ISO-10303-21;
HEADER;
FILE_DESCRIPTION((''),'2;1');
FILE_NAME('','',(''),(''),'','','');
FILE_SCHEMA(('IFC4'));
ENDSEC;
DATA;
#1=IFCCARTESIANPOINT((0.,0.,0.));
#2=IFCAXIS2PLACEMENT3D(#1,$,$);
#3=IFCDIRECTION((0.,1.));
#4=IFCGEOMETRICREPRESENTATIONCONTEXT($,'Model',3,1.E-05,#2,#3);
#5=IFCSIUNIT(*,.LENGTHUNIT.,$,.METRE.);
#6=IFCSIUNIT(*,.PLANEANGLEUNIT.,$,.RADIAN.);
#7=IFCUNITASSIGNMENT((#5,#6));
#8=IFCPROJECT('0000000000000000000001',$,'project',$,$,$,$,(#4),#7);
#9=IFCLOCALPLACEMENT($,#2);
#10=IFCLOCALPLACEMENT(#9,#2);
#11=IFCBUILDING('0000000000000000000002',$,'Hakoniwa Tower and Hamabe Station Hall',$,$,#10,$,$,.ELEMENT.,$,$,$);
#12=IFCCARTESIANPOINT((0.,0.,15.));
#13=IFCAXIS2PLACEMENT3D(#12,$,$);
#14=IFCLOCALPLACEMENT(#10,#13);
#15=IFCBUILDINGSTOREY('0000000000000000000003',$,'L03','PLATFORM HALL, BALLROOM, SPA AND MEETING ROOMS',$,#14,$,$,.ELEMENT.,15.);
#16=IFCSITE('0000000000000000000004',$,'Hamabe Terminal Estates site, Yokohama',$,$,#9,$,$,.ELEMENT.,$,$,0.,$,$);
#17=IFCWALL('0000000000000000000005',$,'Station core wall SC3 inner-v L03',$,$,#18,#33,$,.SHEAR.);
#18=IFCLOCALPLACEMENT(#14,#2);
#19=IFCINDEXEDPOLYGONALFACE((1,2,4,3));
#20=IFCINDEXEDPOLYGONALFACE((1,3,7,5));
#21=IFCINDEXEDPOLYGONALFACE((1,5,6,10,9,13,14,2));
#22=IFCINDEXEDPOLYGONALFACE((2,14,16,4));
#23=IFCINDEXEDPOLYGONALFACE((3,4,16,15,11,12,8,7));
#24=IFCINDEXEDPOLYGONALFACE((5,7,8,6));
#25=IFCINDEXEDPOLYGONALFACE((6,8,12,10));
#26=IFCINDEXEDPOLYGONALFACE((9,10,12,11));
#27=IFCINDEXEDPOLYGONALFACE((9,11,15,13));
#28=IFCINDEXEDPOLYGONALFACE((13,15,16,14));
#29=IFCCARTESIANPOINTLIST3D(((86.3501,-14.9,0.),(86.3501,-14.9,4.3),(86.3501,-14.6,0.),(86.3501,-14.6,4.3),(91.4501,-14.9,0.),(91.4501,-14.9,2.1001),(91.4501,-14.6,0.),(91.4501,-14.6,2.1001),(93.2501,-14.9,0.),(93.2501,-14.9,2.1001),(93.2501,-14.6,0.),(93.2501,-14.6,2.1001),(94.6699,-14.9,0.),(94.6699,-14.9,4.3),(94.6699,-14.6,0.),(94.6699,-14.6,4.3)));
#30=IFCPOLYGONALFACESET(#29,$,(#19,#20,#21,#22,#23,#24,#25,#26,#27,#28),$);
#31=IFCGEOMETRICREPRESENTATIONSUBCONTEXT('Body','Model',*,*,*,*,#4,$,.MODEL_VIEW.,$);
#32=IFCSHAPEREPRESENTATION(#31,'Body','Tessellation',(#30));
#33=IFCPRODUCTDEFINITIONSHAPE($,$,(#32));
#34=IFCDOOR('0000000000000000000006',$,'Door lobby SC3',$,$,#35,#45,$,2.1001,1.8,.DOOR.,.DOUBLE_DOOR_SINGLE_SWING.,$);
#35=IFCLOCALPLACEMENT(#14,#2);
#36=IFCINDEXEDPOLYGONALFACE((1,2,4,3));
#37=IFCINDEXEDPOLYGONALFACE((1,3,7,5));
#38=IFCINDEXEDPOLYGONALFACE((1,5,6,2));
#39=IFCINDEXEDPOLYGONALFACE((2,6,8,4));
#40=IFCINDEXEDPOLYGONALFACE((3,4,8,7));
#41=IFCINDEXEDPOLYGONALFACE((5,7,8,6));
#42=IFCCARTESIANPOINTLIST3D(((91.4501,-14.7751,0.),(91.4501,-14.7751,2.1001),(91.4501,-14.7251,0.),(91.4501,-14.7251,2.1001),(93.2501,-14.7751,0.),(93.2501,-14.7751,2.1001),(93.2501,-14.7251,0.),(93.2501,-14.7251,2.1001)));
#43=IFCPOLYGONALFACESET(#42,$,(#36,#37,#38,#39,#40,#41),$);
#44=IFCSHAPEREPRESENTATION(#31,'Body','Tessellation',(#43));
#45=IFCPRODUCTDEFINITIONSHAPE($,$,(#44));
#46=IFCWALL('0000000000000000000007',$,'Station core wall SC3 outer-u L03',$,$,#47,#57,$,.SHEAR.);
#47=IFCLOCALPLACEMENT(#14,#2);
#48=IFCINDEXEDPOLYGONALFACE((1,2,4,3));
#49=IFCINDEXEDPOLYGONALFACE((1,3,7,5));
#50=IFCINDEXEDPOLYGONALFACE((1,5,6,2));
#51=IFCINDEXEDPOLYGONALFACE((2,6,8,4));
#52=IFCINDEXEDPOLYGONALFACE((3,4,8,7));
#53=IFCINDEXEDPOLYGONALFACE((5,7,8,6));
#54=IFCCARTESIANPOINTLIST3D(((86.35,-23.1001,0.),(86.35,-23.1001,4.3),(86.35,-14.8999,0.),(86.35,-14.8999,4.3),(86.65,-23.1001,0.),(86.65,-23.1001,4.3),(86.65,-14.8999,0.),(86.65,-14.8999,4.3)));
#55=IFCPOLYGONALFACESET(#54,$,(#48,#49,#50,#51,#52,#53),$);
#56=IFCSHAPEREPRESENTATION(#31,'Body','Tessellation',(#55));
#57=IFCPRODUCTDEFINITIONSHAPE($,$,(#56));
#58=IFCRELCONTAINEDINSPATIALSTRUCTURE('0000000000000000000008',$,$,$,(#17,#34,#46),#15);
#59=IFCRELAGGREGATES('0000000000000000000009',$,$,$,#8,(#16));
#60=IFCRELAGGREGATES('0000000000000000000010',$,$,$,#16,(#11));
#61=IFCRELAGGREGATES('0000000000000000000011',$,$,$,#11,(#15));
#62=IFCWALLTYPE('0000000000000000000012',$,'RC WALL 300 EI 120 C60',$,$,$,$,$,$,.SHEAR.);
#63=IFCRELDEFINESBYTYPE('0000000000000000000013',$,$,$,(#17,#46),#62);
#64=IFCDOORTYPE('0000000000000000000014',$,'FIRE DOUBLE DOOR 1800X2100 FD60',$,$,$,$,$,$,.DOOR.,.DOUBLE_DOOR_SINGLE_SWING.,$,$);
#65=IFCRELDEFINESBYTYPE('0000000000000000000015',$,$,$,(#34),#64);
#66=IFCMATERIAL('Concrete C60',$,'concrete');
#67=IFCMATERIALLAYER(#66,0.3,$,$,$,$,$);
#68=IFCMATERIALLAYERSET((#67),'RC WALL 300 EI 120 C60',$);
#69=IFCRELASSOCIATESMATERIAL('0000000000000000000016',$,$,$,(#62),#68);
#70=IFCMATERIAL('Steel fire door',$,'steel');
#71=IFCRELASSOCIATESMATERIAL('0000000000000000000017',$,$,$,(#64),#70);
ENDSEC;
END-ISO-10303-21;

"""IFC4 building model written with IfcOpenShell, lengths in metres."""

from ifc_helpers import new_model, si_unit, direction, frame, frame_2d, origin, place, context, subcontext, project, spatial, rectangle, extrude, material, layer, layer_set, type_object, element, fill, save


model = new_model("IFC4")

# Units and contexts
model_context = context("Model", 3, precision=1e-05, world=origin(), true_north=direction((0.0, 1.0)))
body_context = subcontext(model_context, "Body", "Model", "MODEL_VIEW")
ifc_project = project(units=[si_unit("LENGTHUNIT", "METRE"), si_unit("PLANEANGLEUNIT", "RADIAN")], contexts=[model_context])

# Site, building, storey
site_placement = place(None, origin())
site = spatial("IfcSite", under=ifc_project, at=site_placement, Name="Hamabe Terminal Estates site, Yokohama", CompositionType="ELEMENT", RefElevation=0.0)
building_placement = place(site_placement, origin())
building = spatial("IfcBuilding", under=site, at=building_placement, Name="Hakoniwa Tower and Hamabe Station Hall", CompositionType="ELEMENT")
storey_placement = place(building_placement, frame((0.0, 0.0, 15.0)))
storey = spatial("IfcBuildingStorey", under=building, at=storey_placement, Name="L03", Description="PLATFORM HALL, BALLROOM, SPA AND MEETING ROOMS", CompositionType="ELEMENT", Elevation=15.0)

# Shared definitions
ifc_material_1 = material(Name="Concrete C60", Category="concrete")
ifc_layer_1 = layer(ifc_material_1, 0.3)
ifc_layer_set_1 = layer_set([ifc_layer_1], Name="RC WALL 300 EI 120 C60")
wall_type_1 = type_object("IfcWallType", Name="RC WALL 300 EI 120 C60", PredefinedType="SHEAR", material=ifc_layer_set_1)

# Wall, opening, door
wall_1_placement = place(storey_placement, frame((86.3501, -14.75, 0.0), z_axis=(0.0, 0.0, 1.0), x_axis=(1.0, 0.0, 0.0)))
wall_1 = element("IfcWall", 1, at=wall_1_placement, inside=storey, type_object=wall_type_1, Name="Station core wall SC3 inner-v L03", PredefinedType="SHEAR", context=body_context, shape_type="SweptSolid", body=[
    extrude(rectangle(XDim=8.3198, YDim=0.3, at=frame_2d((4.1599, 0.0))), origin(), (0.0, 0.0, 1.0), 4.3),
])
opening_placement = place(wall_1_placement, frame((5.1001, 0.0, 0.0)))
opening = element("IfcOpeningElement", 2, at=opening_placement, cuts=wall_1, PredefinedType="OPENING", context=body_context, shape_type="SweptSolid", body=[
    extrude(rectangle(XDim=1.8, YDim=2.1001, at=frame_2d((0.8999, 1.05))), frame((0.0, 0.1599, 0.0), z_axis=(0.0, -1.0, 0.0), x_axis=(1.0, 0.0, 0.0)), (0.0, 0.0, 1.0), 0.3201),
])
ifc_material_2 = material(Name="Steel fire door", Category="steel")
door_type = type_object("IfcDoorType", Name="FIRE DOUBLE DOOR 1800X2100 FD60", OperationType="DOUBLE_DOOR_SINGLE_SWING", PredefinedType="DOOR", material=ifc_material_2)
door_placement = place(opening_placement, origin())
door = element("IfcDoor", 3, at=door_placement, inside=storey, type_object=door_type, Name="Door lobby SC3", OperationType="DOUBLE_DOOR_SINGLE_SWING", OverallHeight=2.1001, OverallWidth=1.8, PredefinedType="DOOR", context=body_context, shape_type="SweptSolid", body=[
    extrude(rectangle(XDim=1.8, YDim=2.1001, at=frame_2d((0.8999, 1.05))), frame((0.0, 0.0249, 0.0), z_axis=(0.0, -1.0, 0.0), x_axis=(1.0, 0.0, 0.0)), (0.0, 0.0, 1.0), 0.05),
])
fill(opening, door)

# Wall
wall_2_placement = place(storey_placement, frame((86.5, -23.1001, 0.0), z_axis=(0.0, 0.0, 1.0), x_axis=(0.0, 1.0, 0.0)))
element("IfcWall", 4, at=wall_2_placement, inside=storey, type_object=wall_type_1, Name="Station core wall SC3 outer-u L03", PredefinedType="SHEAR", context=body_context, shape_type="SweptSolid", body=[
    extrude(rectangle(XDim=8.2002, YDim=0.3, at=frame_2d((4.1001, 0.0))), origin(), (0.0, 0.0, 1.0), 4.3),
])

save(model, "model.ifc")
